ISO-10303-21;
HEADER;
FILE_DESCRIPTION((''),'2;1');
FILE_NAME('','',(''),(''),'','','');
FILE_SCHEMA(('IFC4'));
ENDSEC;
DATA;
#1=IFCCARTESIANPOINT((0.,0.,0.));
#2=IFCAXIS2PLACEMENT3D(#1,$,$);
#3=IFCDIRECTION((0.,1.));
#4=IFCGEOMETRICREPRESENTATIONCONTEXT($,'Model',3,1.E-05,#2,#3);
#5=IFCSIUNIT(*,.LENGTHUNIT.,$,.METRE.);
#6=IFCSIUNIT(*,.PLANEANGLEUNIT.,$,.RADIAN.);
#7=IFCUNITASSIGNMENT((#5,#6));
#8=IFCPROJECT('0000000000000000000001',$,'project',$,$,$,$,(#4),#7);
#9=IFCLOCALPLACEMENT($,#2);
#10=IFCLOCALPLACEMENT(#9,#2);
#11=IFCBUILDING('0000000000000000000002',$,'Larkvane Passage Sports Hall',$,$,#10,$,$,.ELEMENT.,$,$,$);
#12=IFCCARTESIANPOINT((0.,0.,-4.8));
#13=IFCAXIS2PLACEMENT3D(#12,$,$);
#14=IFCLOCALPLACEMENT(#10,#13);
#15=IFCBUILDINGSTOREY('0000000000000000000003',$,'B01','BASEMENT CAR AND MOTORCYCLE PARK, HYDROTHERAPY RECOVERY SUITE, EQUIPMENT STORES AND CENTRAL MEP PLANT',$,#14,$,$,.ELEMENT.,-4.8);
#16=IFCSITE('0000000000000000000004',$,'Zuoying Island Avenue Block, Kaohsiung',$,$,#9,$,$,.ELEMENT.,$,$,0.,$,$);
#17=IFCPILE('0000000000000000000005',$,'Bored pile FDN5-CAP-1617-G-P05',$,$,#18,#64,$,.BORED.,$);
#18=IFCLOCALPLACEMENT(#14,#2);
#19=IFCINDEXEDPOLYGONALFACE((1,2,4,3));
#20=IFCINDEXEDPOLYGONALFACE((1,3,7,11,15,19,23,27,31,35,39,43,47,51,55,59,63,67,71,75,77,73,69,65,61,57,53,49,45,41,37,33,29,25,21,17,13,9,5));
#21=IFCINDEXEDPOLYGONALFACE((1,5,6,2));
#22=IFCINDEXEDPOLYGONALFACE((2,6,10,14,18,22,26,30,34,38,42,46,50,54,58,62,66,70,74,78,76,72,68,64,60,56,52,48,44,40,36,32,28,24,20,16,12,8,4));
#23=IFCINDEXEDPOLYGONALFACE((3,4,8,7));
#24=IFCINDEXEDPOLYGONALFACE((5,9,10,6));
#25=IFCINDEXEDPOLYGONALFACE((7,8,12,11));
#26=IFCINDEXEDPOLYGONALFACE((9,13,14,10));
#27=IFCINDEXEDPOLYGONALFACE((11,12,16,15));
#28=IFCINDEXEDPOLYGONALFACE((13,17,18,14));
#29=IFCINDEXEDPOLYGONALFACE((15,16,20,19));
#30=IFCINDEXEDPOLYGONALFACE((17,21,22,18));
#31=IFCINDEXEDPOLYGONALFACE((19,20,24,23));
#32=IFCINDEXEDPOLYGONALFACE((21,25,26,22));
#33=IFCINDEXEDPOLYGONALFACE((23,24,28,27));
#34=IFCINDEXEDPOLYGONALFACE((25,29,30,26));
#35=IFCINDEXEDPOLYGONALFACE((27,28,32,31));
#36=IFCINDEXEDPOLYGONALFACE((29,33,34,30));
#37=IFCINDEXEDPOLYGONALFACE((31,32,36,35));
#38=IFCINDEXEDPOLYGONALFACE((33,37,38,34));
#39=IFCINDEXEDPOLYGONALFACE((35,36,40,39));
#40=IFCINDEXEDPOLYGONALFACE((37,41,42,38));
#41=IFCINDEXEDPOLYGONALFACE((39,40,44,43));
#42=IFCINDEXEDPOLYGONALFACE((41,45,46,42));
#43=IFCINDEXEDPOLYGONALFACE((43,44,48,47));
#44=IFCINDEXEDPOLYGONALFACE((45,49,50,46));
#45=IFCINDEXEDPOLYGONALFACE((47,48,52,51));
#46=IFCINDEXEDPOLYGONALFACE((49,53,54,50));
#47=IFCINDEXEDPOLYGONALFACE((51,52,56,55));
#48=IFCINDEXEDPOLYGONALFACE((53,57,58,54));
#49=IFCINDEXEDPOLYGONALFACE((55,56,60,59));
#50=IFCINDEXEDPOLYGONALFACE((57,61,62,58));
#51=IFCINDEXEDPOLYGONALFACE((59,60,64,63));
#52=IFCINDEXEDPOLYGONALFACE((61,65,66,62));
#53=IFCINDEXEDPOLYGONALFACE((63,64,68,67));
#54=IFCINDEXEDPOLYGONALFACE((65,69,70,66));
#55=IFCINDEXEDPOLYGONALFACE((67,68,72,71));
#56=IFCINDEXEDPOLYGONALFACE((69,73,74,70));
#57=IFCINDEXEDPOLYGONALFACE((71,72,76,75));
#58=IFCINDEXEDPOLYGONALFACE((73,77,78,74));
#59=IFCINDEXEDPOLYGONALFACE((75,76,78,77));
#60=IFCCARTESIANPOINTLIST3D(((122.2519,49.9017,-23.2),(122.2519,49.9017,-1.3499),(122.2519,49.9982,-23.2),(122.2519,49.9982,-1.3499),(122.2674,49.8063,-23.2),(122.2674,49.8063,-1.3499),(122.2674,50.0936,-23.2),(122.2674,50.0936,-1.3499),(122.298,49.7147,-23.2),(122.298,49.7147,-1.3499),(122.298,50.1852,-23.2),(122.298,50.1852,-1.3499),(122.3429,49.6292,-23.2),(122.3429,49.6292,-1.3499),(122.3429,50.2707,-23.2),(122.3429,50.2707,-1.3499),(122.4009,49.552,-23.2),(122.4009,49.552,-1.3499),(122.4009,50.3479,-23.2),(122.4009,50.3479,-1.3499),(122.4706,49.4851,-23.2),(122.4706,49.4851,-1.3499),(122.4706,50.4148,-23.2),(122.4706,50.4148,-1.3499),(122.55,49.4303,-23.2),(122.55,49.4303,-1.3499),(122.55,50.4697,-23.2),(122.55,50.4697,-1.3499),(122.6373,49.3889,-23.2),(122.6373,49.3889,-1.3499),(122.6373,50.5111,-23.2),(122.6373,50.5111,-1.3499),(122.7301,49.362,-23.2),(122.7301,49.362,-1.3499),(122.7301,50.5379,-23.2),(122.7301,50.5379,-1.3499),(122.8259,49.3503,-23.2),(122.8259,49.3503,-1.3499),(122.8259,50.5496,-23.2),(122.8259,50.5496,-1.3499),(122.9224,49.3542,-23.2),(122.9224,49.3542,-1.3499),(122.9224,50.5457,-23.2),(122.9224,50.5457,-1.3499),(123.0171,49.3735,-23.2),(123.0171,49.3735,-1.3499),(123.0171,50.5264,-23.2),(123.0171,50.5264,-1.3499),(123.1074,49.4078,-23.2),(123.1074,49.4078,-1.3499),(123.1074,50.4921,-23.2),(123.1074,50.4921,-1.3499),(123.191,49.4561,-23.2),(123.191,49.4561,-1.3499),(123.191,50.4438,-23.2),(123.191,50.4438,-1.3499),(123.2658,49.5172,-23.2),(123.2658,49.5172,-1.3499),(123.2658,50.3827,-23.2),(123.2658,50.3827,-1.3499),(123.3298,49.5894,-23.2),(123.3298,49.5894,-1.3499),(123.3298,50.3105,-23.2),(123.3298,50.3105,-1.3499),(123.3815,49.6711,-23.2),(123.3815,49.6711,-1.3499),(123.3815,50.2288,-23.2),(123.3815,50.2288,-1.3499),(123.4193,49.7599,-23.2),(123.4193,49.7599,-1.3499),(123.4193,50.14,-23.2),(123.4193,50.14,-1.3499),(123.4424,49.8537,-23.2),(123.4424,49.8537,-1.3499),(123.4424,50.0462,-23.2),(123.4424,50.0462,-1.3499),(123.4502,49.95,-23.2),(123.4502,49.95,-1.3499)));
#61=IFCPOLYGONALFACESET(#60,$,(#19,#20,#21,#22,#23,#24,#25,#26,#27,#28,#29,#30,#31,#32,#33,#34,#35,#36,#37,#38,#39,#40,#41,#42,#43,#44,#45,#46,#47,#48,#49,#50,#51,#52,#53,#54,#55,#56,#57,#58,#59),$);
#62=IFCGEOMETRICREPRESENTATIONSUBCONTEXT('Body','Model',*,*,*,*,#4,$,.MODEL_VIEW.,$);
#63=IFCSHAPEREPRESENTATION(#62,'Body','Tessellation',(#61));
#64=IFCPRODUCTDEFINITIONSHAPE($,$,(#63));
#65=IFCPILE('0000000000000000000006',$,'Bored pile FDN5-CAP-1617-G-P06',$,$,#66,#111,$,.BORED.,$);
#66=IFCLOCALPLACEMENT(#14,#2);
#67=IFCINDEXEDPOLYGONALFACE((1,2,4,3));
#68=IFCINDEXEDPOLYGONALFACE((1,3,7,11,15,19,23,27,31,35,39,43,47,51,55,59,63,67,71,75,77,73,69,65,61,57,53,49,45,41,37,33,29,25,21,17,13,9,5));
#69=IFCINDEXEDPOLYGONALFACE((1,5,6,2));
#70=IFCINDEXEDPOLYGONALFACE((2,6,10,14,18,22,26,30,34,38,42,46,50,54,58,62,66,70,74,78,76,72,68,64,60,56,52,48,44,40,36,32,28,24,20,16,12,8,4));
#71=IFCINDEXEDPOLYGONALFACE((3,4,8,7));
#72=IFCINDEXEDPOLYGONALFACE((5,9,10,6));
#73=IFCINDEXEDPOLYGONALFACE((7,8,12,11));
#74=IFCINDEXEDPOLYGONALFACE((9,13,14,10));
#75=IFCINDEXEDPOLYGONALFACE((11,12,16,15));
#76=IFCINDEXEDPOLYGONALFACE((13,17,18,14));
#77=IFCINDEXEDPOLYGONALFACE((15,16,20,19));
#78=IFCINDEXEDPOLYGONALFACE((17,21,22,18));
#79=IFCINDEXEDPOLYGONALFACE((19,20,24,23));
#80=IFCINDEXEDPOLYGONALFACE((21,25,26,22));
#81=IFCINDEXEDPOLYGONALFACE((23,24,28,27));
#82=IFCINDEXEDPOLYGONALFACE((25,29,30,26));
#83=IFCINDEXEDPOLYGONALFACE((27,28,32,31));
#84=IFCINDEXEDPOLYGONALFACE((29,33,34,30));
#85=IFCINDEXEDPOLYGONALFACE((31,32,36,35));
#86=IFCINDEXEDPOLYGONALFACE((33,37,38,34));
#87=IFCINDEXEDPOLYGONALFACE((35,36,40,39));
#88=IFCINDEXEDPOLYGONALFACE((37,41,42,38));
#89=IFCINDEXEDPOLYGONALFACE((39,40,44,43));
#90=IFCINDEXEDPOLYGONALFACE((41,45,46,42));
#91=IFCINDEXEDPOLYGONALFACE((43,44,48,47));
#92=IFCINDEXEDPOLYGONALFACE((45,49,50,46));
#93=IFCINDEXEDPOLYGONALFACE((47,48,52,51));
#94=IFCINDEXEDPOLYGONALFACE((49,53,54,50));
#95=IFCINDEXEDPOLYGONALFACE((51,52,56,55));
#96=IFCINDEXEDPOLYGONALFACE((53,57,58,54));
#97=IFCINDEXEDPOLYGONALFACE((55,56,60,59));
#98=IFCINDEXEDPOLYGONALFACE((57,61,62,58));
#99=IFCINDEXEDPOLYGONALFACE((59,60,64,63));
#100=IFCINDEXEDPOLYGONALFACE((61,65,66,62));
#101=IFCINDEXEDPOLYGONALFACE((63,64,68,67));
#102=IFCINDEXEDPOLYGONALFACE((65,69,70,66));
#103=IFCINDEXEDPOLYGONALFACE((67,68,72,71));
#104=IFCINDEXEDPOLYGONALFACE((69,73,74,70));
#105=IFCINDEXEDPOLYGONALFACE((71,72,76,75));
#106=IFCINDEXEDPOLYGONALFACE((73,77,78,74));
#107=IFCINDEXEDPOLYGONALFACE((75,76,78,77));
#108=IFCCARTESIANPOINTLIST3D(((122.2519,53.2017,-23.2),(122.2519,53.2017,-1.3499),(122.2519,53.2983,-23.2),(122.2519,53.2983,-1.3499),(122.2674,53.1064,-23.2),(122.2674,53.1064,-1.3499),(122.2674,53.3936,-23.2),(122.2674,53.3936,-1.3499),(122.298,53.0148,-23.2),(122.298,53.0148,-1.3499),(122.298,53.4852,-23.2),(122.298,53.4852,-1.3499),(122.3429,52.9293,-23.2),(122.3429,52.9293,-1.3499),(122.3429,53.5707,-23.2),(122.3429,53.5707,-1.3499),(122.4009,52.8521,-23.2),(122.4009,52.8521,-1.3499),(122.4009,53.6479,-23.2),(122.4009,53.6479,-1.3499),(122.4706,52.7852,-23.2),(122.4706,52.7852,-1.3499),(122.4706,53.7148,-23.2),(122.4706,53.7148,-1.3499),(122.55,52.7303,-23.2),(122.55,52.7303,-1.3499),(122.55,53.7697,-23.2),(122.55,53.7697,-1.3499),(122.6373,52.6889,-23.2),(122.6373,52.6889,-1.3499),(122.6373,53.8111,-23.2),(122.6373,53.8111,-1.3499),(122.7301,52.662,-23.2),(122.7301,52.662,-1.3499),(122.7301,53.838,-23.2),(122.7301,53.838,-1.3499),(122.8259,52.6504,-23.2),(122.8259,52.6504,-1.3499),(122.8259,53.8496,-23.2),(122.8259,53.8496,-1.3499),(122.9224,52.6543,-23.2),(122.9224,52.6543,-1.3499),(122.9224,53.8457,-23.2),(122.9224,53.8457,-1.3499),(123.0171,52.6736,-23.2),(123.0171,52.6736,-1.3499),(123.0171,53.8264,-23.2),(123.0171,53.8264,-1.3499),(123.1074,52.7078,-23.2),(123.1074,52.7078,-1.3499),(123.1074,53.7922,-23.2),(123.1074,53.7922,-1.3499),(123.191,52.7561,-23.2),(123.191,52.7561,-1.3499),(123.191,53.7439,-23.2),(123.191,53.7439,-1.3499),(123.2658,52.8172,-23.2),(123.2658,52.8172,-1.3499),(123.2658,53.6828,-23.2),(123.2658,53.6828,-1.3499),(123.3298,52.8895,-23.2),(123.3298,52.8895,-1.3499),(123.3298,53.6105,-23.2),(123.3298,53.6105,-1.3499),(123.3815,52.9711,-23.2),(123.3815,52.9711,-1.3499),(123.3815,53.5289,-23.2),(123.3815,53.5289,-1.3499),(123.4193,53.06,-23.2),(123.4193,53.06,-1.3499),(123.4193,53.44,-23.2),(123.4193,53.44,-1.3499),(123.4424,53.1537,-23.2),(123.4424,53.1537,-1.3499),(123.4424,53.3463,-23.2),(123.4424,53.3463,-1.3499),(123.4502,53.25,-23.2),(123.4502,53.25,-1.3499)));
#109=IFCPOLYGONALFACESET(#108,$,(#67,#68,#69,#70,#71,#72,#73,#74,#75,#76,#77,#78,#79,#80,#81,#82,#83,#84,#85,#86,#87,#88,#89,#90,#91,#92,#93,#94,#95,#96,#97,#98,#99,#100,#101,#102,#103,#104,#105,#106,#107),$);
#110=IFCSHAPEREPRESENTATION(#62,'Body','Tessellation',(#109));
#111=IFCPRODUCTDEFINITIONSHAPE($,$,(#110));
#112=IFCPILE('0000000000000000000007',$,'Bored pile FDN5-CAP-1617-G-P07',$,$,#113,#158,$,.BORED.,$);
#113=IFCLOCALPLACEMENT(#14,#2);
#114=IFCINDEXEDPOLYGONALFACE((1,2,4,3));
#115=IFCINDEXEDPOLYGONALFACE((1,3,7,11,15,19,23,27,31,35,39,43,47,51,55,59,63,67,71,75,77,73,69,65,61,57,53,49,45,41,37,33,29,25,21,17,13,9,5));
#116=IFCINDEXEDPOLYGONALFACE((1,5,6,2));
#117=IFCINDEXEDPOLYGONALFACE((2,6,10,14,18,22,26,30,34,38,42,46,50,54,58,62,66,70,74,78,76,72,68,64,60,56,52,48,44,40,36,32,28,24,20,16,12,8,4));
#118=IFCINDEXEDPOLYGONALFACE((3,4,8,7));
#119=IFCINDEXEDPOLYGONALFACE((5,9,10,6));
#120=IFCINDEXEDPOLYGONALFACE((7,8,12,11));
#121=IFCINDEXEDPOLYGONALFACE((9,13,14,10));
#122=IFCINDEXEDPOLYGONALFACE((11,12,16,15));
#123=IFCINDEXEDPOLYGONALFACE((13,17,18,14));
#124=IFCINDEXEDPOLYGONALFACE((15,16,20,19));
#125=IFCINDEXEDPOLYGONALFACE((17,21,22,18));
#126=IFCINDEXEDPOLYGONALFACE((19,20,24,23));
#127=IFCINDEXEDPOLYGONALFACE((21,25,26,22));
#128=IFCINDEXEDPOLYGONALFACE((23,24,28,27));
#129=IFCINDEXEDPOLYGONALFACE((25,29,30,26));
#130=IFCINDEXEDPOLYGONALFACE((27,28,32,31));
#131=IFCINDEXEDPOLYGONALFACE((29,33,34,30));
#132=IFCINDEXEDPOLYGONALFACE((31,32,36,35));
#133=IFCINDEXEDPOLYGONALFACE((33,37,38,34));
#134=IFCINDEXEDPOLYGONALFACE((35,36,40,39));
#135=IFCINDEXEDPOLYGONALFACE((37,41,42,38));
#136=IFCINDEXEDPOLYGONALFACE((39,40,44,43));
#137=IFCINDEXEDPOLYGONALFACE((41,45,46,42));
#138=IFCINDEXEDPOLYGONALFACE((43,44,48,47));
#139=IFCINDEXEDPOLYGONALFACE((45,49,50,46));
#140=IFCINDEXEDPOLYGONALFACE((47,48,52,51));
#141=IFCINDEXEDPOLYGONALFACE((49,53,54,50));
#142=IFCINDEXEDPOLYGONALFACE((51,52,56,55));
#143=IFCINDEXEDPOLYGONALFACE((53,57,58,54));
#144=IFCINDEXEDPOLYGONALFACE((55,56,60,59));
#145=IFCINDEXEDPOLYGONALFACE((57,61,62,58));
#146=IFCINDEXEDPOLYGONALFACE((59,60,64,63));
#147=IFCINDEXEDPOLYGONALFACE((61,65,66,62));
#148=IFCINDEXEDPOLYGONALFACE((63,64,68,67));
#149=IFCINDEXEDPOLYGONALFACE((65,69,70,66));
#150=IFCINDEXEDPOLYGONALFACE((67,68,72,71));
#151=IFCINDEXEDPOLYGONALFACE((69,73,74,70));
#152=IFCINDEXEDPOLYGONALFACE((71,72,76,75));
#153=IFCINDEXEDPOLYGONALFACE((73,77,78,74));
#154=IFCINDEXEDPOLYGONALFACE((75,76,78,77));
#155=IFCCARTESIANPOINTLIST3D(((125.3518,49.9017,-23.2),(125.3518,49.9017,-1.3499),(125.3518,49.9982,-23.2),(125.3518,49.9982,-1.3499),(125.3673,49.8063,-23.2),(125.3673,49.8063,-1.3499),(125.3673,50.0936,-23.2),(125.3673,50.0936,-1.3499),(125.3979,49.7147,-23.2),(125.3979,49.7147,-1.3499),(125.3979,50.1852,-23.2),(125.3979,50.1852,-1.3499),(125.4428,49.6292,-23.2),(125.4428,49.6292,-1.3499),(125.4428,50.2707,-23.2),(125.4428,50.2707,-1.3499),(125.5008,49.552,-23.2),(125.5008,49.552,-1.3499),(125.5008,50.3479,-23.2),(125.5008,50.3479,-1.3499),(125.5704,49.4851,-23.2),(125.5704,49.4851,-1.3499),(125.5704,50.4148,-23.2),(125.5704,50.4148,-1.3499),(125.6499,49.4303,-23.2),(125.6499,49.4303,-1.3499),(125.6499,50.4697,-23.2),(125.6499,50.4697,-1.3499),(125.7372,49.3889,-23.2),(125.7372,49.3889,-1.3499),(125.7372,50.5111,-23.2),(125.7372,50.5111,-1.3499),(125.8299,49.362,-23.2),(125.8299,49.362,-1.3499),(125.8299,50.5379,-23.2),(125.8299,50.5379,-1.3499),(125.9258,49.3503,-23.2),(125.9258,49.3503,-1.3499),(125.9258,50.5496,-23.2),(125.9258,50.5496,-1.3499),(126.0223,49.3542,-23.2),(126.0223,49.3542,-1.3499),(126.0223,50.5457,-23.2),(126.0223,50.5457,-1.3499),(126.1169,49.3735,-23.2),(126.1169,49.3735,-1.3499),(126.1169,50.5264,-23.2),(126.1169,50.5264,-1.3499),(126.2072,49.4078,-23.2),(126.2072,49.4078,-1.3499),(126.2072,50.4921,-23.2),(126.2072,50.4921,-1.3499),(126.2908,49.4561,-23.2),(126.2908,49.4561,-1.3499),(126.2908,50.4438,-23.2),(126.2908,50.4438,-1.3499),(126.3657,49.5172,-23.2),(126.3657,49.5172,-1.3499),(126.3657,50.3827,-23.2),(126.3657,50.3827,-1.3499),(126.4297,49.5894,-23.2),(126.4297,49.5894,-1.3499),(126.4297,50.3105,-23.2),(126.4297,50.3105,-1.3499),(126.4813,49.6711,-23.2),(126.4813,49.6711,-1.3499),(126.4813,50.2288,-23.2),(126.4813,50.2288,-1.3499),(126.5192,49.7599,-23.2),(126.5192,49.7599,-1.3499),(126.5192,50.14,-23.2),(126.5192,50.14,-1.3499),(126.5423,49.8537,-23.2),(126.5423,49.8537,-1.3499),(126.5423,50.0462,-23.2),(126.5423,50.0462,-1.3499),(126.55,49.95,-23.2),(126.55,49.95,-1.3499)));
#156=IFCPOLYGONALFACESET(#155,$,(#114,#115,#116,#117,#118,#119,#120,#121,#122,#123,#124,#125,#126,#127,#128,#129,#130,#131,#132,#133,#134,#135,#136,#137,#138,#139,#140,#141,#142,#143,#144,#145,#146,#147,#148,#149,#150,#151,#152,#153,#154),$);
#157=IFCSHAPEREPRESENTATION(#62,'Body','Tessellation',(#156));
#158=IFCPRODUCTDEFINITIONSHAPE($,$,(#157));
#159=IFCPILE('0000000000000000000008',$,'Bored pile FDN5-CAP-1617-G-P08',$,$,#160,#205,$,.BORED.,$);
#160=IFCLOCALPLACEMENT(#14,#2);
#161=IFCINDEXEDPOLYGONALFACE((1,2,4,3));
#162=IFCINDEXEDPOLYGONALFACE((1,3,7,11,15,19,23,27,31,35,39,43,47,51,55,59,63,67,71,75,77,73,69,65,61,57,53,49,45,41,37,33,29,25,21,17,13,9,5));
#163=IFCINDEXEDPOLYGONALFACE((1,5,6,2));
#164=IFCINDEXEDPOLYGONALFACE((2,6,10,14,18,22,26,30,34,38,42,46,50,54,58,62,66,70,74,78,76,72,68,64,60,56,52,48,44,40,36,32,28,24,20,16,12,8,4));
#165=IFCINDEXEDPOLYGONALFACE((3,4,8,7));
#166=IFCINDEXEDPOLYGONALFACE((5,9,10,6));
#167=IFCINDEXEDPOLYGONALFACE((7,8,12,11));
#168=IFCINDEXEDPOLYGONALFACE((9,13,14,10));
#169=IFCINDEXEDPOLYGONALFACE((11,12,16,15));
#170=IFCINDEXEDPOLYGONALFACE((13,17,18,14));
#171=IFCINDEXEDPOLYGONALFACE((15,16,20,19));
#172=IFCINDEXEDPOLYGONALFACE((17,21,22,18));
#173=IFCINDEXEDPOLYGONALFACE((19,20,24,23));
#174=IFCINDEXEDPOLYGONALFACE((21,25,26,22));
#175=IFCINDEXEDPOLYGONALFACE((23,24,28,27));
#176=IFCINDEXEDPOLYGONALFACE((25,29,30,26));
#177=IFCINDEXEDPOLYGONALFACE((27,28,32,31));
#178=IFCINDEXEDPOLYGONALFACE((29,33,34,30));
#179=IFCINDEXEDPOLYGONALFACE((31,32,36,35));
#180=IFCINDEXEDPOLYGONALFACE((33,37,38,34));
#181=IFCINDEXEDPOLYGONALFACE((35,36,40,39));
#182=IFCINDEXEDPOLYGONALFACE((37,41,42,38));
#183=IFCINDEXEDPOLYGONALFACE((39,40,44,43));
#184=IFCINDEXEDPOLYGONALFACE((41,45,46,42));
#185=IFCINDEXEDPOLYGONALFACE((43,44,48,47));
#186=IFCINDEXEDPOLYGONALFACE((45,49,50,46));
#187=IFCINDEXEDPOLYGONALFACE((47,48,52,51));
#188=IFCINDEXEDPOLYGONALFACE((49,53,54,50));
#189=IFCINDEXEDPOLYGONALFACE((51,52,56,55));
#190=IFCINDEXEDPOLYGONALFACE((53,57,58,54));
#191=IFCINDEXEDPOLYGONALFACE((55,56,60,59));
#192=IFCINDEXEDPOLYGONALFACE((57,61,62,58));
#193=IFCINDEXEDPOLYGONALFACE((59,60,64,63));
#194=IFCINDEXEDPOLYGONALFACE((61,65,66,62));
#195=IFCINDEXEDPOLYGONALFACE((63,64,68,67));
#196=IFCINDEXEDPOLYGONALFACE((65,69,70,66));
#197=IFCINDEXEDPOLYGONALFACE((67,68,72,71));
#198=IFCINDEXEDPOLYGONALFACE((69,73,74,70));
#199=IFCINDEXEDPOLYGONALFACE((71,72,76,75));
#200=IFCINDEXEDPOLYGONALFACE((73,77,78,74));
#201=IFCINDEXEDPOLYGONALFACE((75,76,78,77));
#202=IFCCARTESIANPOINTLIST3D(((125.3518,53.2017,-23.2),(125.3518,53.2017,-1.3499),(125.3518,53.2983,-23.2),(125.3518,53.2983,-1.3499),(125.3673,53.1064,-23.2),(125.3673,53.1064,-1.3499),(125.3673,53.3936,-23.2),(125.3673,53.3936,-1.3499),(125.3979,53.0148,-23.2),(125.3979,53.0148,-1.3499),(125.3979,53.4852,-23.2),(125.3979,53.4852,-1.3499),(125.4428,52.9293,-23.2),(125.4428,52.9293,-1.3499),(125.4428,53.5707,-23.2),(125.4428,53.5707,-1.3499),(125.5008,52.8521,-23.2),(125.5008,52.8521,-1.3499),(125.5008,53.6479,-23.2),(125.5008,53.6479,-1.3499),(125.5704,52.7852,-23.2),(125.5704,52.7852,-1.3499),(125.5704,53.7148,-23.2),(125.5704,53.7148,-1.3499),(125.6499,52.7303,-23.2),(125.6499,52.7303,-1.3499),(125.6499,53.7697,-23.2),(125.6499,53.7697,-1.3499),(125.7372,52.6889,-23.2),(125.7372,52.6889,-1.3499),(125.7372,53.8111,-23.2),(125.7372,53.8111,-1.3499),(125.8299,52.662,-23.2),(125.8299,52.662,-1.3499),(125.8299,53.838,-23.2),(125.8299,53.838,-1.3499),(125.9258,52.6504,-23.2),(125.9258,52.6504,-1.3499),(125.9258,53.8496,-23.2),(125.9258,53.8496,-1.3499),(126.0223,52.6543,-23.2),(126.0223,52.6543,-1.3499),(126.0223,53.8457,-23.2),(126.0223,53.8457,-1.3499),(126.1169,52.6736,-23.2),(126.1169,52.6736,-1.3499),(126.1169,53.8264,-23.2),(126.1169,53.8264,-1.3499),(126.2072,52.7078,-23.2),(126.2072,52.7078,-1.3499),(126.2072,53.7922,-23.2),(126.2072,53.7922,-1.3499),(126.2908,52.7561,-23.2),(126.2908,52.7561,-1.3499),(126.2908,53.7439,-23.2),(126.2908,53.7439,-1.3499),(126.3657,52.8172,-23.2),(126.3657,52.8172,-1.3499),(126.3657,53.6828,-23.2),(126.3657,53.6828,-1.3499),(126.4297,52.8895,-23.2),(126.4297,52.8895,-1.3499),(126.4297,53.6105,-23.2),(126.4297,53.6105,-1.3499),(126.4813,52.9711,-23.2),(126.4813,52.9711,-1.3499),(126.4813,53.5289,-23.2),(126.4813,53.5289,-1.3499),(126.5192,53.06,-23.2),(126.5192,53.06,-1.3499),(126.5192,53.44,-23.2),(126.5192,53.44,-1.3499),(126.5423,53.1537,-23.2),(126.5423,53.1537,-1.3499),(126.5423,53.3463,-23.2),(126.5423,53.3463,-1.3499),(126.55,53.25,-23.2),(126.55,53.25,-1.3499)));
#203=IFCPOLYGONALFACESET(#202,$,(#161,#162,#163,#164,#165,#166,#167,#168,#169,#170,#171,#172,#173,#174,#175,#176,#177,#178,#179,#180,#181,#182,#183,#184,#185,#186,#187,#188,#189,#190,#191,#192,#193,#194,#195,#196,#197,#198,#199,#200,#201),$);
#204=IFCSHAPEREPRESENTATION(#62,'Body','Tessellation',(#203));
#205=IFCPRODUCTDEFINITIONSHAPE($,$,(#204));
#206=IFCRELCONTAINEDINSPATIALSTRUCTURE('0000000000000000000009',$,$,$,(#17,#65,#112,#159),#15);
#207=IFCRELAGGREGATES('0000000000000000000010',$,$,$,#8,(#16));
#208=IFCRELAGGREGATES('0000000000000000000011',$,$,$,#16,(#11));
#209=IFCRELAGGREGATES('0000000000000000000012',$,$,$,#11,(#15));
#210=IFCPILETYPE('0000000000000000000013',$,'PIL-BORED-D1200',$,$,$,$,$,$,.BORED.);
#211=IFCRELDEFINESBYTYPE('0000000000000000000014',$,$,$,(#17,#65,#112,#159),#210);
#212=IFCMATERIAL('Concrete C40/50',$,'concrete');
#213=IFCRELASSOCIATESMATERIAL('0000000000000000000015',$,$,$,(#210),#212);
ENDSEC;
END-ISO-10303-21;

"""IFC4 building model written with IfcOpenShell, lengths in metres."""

from ifc_helpers import new_model, si_unit, direction, frame, origin, origin_2d, place, context, subcontext, project, spatial, circle, extrude, material, material_profile, profile_set, type_object, element, save


model = new_model("IFC4")

# Units and contexts
model_context = context("Model", 3, precision=1e-05, world=origin(), true_north=direction((0.0, 1.0)))
body_context = subcontext(model_context, "Body", "Model", "MODEL_VIEW")
ifc_project = project(units=[si_unit("LENGTHUNIT", "METRE"), si_unit("PLANEANGLEUNIT", "RADIAN")], contexts=[model_context])

# Site, building, storey
site_placement = place(None, origin())
site = spatial("IfcSite", under=ifc_project, at=site_placement, Name="Zuoying Island Avenue Block, Kaohsiung", CompositionType="ELEMENT", RefElevation=0.0)
building_placement = place(site_placement, origin())
building = spatial("IfcBuilding", under=site, at=building_placement, Name="Larkvane Passage Sports Hall", CompositionType="ELEMENT")
storey_placement = place(building_placement, frame((0.0, 0.0, -4.8)))
storey = spatial("IfcBuildingStorey", under=building, at=storey_placement, Name="B01", Description="BASEMENT CAR AND MOTORCYCLE PARK, HYDROTHERAPY RECOVERY SUITE, EQUIPMENT STORES AND CENTRAL MEP PLANT", CompositionType="ELEMENT", Elevation=-4.8)

# Shared definitions
ifc_material_1 = material(Name="Concrete C40/50", Category="concrete")

# Piles
ifc_material_profile_1 = material_profile(ifc_material_1, circle(Radius=0.6001, at=origin_2d()), Name="PILE-D1200")
ifc_profile_set_1 = profile_set([ifc_material_profile_1], Name="Concrete C40/50")
pile_type_1 = type_object("IfcPileType", Name="PIL-BORED-D1200", PredefinedType="BORED", material=ifc_profile_set_1)
for number, where, z_axis, x_axis, name in (
    (1, (122.8501, 49.95, -1.3499), (0.0, 0.0, -1.0), (1.0, 0.0, 0.0), "Bored pile FDN5-CAP-1617-G-P05"),
    (2, (122.8501, 53.25, -1.3499), (0.0, 0.0, -1.0), (1.0, 0.0, 0.0), "Bored pile FDN5-CAP-1617-G-P06"),
    (3, (125.95, 49.95, -1.3499), (0.0, 0.0, -1.0), (1.0, 0.0, 0.0), "Bored pile FDN5-CAP-1617-G-P07"),
    (4, (125.95, 53.25, -1.3499), (0.0, 0.0, -1.0), (1.0, 0.0, 0.0), "Bored pile FDN5-CAP-1617-G-P08"),
):
    element("IfcPile", number, at=place(storey_placement, frame(where, z_axis=z_axis, x_axis=x_axis)), inside=storey, type_object=pile_type_1, Name=name, PredefinedType="BORED", context=body_context, shape_type="SweptSolid", body=[
        extrude(circle(Radius=0.6001, at=origin_2d()), origin(), (0.0, 0.0, 1.0), 21.8501),
    ])

save(model, "model.ifc")
